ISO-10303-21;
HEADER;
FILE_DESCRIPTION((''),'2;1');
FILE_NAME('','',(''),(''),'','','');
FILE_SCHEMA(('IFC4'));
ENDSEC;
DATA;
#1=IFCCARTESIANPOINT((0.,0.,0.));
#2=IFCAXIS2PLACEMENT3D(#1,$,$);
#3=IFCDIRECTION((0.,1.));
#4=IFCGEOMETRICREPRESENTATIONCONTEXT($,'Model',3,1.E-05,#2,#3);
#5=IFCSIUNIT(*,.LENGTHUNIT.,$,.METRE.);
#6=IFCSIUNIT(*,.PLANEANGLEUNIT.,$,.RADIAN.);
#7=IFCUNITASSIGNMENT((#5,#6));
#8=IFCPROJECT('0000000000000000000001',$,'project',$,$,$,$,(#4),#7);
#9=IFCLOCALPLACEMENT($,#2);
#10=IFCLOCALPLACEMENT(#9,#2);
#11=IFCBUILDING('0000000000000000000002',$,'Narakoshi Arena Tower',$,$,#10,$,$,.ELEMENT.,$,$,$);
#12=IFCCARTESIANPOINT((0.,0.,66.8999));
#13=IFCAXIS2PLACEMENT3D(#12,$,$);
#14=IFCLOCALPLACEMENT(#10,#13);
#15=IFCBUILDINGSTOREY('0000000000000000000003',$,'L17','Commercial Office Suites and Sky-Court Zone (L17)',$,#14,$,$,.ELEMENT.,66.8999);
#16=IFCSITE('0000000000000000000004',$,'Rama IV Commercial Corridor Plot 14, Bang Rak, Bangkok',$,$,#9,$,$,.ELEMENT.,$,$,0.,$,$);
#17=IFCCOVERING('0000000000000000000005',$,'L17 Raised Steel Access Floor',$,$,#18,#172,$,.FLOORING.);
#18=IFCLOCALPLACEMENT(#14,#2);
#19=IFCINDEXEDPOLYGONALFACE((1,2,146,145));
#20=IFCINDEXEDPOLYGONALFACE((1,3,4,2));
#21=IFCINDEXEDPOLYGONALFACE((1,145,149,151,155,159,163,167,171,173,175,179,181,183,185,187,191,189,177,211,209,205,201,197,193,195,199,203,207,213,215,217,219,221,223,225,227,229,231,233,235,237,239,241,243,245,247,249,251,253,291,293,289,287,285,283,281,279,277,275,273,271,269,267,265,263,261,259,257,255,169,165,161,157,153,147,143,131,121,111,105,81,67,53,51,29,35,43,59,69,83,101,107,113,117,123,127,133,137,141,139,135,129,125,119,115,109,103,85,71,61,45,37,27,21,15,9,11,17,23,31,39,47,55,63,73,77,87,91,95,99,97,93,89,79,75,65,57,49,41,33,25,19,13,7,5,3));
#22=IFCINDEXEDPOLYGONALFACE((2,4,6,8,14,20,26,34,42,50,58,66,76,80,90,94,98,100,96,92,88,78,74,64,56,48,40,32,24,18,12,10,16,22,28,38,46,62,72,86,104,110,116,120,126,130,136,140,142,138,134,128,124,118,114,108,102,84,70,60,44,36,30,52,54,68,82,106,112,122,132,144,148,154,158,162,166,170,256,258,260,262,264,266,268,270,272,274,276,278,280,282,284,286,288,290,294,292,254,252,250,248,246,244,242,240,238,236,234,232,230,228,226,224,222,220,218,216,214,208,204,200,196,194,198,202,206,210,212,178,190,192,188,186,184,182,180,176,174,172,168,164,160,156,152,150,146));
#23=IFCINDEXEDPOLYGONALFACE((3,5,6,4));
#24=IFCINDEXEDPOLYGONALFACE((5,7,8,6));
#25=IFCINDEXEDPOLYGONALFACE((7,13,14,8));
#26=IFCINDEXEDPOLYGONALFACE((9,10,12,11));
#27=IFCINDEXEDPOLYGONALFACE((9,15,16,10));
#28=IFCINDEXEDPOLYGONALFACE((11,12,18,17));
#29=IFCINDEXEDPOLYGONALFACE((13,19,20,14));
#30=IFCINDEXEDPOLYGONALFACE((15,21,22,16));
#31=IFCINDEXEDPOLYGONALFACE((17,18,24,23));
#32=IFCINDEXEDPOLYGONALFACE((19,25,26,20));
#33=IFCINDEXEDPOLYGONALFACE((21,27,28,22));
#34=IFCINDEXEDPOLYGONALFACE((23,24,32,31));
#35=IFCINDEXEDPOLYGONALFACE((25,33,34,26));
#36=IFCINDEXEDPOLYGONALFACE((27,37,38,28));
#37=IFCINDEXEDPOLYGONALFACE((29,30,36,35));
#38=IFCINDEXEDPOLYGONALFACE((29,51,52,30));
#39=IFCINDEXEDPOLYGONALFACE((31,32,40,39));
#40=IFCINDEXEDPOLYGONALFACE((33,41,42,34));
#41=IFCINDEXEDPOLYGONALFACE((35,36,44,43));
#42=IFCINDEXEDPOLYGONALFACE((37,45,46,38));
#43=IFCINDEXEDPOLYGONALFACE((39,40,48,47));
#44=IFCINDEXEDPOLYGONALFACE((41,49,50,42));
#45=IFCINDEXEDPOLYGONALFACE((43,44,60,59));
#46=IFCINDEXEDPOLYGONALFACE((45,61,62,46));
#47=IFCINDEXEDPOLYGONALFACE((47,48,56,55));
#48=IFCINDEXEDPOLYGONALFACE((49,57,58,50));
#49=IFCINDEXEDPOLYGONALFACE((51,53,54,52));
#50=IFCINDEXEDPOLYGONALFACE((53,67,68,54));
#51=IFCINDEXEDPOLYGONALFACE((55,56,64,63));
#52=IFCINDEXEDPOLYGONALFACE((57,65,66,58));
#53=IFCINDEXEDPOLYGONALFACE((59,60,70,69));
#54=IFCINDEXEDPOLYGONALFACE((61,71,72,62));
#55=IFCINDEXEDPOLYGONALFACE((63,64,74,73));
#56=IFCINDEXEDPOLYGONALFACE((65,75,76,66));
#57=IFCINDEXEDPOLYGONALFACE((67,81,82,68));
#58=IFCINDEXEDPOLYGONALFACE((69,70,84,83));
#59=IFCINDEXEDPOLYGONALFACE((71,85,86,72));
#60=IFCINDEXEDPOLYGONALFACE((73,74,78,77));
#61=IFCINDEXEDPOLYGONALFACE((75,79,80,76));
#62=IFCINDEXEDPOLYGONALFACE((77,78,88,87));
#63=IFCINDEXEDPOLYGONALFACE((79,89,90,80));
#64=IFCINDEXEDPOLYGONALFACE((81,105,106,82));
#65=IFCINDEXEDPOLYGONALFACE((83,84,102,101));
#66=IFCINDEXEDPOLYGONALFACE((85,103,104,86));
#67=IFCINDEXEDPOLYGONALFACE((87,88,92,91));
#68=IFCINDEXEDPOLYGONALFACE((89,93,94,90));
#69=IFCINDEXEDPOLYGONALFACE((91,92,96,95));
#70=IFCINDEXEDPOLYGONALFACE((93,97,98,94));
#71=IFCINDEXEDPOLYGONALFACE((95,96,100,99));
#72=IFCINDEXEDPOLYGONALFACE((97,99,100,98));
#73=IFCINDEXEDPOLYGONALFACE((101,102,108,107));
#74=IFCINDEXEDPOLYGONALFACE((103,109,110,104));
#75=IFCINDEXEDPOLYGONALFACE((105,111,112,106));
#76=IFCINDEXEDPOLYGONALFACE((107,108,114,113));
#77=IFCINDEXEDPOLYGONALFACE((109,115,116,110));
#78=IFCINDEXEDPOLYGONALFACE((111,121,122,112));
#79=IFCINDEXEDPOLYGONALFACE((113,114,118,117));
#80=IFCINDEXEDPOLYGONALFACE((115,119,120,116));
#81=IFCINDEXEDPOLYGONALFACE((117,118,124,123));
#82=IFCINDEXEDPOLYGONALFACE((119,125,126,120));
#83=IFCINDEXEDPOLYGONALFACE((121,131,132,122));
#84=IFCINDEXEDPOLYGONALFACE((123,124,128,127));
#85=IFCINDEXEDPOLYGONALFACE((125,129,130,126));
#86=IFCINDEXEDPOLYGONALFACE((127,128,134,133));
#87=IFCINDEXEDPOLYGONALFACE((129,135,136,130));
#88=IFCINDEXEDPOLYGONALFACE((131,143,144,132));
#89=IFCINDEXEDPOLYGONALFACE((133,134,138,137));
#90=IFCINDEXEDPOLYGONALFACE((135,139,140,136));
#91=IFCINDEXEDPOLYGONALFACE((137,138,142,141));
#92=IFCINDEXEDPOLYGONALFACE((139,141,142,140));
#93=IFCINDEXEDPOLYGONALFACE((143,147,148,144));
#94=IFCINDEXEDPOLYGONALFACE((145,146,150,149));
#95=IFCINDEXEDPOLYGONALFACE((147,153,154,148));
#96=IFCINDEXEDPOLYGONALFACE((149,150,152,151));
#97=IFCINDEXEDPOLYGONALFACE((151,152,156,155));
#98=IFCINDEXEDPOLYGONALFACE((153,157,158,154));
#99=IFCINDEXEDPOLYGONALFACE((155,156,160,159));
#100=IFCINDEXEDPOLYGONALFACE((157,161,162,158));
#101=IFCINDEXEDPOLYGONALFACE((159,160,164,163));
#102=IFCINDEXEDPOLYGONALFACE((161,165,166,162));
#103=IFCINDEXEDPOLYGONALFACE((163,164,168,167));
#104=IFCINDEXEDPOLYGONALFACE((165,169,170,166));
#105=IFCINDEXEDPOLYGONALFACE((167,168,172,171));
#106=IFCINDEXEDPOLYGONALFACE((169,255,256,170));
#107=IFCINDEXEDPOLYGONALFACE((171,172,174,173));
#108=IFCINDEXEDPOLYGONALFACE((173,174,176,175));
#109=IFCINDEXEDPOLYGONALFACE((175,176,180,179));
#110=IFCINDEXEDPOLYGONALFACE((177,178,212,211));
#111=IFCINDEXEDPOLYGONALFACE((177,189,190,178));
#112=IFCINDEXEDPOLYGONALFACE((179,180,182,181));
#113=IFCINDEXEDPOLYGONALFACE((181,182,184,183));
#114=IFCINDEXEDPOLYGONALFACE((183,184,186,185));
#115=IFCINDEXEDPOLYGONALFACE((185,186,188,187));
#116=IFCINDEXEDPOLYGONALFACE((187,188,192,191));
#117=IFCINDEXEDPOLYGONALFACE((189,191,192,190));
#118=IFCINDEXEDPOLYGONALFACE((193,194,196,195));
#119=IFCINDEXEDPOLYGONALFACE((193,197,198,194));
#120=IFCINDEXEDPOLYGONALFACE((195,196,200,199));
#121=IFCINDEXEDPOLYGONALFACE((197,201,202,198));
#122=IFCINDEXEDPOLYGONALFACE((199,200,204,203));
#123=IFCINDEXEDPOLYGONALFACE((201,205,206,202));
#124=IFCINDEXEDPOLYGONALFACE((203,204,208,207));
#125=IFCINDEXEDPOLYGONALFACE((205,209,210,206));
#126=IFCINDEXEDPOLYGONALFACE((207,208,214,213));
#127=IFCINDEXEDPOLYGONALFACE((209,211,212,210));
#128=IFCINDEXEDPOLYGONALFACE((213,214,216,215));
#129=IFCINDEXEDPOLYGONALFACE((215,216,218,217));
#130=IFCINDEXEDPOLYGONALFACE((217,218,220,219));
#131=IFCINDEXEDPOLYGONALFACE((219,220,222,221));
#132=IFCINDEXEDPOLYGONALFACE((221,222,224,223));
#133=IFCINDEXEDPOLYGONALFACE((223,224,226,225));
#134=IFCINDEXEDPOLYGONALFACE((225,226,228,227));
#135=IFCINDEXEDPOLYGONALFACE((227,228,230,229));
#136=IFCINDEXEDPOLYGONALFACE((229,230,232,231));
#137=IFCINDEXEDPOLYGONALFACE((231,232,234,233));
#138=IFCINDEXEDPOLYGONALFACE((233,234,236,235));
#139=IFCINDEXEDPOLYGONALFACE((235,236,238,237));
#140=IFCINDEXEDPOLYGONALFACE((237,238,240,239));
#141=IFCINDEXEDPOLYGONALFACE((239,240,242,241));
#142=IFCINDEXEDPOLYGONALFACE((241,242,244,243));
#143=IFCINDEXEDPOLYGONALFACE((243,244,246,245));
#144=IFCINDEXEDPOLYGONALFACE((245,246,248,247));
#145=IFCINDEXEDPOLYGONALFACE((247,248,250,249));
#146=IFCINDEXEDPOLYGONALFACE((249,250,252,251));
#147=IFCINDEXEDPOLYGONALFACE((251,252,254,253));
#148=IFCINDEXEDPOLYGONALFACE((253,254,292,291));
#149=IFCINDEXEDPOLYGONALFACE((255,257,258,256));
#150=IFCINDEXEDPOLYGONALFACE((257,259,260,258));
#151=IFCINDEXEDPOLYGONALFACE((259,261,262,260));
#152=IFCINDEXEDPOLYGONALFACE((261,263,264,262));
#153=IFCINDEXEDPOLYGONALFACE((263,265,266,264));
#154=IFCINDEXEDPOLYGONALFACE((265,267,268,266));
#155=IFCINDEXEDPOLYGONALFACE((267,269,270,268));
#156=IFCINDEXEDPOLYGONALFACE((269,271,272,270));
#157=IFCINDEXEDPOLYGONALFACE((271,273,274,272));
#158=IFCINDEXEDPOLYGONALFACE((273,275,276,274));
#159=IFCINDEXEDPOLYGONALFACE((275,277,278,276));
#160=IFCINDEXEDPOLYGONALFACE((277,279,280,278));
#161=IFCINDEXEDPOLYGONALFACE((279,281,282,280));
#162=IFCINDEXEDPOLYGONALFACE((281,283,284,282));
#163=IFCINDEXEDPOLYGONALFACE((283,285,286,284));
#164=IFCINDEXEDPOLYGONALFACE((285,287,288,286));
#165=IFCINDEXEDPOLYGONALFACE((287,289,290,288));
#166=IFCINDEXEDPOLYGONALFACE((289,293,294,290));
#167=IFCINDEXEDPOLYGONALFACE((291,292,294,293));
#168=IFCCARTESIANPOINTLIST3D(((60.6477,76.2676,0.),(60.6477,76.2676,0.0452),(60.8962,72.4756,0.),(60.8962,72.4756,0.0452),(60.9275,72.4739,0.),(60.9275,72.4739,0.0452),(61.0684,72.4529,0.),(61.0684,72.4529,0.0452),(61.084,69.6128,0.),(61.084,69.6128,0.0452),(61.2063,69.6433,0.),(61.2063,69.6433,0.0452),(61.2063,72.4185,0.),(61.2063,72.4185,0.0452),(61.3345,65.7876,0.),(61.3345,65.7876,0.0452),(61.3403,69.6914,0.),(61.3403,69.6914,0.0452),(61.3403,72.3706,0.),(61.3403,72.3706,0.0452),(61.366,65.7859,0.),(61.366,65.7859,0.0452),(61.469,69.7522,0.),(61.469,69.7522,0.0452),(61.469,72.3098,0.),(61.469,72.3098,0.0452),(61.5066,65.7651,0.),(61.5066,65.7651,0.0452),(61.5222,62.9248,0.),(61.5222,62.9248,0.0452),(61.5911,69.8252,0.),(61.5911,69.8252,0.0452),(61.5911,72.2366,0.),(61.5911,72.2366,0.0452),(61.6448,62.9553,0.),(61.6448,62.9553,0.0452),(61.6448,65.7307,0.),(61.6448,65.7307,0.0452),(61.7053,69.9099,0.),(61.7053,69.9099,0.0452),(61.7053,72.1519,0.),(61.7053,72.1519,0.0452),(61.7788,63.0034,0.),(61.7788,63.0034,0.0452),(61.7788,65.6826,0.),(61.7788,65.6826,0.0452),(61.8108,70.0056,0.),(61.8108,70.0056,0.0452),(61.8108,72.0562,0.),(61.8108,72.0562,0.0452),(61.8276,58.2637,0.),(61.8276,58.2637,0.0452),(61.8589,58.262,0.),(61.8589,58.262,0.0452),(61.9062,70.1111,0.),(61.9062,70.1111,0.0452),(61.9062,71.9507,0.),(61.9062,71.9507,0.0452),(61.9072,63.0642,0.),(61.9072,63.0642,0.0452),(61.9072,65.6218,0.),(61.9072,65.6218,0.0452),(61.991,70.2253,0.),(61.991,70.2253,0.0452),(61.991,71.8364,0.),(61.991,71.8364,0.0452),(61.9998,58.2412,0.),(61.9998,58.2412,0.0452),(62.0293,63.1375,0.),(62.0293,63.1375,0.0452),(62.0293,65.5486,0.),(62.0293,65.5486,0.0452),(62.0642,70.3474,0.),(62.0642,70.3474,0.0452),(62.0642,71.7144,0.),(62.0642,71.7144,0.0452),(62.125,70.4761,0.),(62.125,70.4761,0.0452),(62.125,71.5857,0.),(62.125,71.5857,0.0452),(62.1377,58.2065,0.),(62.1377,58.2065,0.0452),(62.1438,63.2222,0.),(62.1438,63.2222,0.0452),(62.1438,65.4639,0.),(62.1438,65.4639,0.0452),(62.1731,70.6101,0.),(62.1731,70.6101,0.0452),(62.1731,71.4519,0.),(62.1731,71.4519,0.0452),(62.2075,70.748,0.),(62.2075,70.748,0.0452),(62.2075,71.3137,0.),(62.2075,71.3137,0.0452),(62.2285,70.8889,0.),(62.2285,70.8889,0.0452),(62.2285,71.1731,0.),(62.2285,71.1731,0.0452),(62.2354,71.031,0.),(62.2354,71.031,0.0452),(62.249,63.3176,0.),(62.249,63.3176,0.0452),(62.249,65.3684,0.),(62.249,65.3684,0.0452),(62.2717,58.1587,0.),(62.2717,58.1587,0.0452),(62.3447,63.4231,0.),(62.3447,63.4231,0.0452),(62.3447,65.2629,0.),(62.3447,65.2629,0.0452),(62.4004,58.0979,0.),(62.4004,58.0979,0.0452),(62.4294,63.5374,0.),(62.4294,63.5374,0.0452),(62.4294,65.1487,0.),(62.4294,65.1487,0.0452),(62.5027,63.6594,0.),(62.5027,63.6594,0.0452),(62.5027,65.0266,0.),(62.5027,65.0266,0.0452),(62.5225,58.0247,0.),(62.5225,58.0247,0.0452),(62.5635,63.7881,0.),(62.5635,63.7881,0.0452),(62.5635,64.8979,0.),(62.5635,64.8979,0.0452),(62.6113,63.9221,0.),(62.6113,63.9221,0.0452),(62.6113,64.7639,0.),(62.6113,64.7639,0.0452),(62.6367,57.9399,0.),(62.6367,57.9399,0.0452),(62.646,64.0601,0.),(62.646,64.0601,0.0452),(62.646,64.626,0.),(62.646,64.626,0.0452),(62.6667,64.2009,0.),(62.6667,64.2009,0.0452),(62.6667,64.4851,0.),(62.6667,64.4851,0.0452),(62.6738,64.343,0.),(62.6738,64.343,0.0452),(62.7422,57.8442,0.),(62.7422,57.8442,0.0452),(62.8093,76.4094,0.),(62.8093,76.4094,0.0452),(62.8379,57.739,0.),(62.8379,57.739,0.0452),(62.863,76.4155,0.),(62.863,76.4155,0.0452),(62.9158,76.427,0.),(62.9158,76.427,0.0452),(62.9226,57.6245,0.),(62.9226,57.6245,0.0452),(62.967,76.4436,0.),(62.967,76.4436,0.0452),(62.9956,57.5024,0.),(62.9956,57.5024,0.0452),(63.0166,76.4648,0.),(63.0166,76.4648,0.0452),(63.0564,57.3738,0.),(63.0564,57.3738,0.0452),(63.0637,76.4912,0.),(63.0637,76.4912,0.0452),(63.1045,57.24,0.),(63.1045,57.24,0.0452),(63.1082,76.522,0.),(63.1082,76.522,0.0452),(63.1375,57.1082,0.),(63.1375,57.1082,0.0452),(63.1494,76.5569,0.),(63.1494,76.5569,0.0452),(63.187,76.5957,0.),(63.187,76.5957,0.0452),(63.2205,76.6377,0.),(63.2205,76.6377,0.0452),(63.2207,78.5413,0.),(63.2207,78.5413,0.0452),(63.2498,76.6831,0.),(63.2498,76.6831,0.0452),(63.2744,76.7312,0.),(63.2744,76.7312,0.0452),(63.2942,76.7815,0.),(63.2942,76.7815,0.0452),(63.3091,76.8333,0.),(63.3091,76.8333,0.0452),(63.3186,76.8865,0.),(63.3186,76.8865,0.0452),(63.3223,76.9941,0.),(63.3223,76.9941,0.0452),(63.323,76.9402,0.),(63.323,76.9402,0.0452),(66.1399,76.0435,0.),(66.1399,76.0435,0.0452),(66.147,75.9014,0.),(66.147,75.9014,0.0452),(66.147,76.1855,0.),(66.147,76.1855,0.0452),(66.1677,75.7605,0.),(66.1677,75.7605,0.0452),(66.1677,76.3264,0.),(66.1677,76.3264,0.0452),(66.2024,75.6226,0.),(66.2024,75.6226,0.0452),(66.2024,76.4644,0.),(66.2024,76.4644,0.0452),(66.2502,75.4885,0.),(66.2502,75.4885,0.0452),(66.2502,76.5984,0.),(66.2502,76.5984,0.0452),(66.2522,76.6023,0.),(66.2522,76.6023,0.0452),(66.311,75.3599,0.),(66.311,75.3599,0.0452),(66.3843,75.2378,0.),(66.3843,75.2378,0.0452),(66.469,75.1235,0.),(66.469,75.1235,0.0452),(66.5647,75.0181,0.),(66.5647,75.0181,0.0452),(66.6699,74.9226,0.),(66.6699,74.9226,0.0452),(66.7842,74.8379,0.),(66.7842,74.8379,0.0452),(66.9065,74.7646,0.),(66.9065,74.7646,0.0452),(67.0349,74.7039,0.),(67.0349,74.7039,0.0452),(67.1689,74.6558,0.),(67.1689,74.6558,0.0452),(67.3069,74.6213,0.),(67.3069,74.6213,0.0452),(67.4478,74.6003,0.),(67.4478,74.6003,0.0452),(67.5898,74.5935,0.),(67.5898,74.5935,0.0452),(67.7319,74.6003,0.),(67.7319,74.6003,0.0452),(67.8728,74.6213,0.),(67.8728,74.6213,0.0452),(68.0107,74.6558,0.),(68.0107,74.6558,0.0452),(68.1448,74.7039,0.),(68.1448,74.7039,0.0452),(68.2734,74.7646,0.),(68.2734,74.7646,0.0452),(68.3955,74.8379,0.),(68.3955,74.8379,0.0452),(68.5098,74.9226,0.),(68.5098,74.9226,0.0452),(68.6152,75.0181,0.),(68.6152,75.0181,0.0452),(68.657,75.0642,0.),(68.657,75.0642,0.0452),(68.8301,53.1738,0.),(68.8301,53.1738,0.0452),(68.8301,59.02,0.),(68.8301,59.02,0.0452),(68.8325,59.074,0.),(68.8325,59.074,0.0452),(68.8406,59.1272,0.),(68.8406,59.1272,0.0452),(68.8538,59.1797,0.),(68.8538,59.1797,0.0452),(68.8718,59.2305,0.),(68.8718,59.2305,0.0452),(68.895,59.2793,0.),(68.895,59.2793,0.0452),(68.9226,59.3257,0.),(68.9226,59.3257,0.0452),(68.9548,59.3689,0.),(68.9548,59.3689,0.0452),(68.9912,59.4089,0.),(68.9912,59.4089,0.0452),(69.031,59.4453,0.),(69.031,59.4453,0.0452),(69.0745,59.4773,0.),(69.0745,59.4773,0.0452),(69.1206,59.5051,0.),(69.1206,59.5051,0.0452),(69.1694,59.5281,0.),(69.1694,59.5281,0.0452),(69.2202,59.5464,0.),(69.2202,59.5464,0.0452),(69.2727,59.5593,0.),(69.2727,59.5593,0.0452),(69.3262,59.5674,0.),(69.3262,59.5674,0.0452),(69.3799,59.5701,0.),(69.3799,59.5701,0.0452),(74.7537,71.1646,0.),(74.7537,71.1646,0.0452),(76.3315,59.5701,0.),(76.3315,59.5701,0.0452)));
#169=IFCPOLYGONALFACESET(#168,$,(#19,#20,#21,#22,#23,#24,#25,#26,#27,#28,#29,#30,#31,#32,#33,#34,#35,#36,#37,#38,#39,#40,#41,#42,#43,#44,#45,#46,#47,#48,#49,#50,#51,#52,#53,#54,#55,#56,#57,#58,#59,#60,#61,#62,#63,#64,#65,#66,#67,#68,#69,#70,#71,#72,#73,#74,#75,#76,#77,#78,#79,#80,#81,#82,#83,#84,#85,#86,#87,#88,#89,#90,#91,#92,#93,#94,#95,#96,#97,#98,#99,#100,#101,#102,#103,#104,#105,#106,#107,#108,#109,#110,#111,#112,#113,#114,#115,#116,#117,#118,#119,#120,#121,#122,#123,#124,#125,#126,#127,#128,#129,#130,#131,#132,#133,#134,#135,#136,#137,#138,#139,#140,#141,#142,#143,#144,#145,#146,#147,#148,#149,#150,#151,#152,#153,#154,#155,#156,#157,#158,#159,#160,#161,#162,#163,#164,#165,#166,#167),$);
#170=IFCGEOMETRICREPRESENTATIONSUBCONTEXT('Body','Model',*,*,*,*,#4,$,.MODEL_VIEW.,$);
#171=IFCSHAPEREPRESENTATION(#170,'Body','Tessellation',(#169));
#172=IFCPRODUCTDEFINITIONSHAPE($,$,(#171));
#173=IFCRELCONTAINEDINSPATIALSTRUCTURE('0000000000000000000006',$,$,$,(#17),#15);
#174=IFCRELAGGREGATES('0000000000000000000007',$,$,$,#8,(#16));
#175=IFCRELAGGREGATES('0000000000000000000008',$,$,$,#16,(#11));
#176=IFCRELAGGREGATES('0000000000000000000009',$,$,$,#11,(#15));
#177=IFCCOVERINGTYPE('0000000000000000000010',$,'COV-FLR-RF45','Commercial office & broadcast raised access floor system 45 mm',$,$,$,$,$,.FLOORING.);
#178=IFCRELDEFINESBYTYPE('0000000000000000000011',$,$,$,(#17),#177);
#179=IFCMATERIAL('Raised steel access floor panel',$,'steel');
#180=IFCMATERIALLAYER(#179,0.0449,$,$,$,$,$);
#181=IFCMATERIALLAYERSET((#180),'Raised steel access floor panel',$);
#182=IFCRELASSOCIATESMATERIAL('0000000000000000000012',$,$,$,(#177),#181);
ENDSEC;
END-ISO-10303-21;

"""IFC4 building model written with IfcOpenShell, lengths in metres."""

from ifc_helpers import new_model, si_unit, direction, frame, origin, place, context, subcontext, project, spatial, polyline, outline, extrude, material, layer, layer_set, type_object, element, save


model = new_model("IFC4")

# Units and contexts
model_context = context("Model", 3, precision=1e-05, world=origin(), true_north=direction((0.0, 1.0)))
body_context = subcontext(model_context, "Body", "Model", "MODEL_VIEW")
ifc_project = project(units=[si_unit("LENGTHUNIT", "METRE"), si_unit("PLANEANGLEUNIT", "RADIAN")], contexts=[model_context])

# Site, building, storey
site_placement = place(None, origin())
site = spatial("IfcSite", under=ifc_project, at=site_placement, Name="Rama IV Commercial Corridor Plot 14, Bang Rak, Bangkok", CompositionType="ELEMENT", RefElevation=0.0)
building_placement = place(site_placement, origin())
building = spatial("IfcBuilding", under=site, at=building_placement, Name="Narakoshi Arena Tower", CompositionType="ELEMENT")
storey_placement = place(building_placement, frame((0.0, 0.0, 66.8999)))
storey = spatial("IfcBuildingStorey", under=building, at=storey_placement, Name="L17", Description="Commercial Office Suites and Sky-Court Zone (L17)", CompositionType="ELEMENT", Elevation=66.8999)

# Covering
ifc_material_1 = material(Name="Raised steel access floor panel", Category="steel")
ifc_layer_1 = layer(ifc_material_1, 0.0449)
ifc_layer_set_1 = layer_set([ifc_layer_1], Name="Raised steel access floor panel")
covering_type_1 = type_object("IfcCoveringType", Name="COV-FLR-RF45", Description="Commercial office & broadcast raised access floor system 45 mm", PredefinedType="FLOORING", material=ifc_layer_set_1)
covering_1_placement = place(storey_placement, origin())
element("IfcCovering", 1, at=covering_1_placement, inside=storey, type_object=covering_type_1, Name="L17 Raised Steel Access Floor", PredefinedType="FLOORING", context=body_context, shape_type="SweptSolid", body=[
    extrude(outline(polyline([(62.8093, 76.4094), (62.863, 76.4155), (62.9158, 76.427), (62.967, 76.4436), (63.0166, 76.4648), (63.0637, 76.4912), (63.1082, 76.522), (63.1494, 76.5569), (63.187, 76.5957), (63.2205, 76.6377), (63.2498, 76.6831), (63.2744, 76.7312), (63.2942, 76.7815), (63.3091, 76.8333), (63.3186, 76.8865), (63.323, 76.9402), (63.3223, 76.9941), (63.2207, 78.5413), (66.2522, 76.6023), (66.2502, 76.5984), (66.2024, 76.4644), (66.1677, 76.3264), (66.147, 76.1855), (66.1399, 76.0435), (66.147, 75.9014), (66.1677, 75.7605), (66.2024, 75.6226), (66.2502, 75.4885), (66.311, 75.3599), (66.3843, 75.2378), (66.469, 75.1235), (66.5647, 75.0181), (66.6699, 74.9226), (66.7842, 74.8379), (66.9065, 74.7646), (67.0349, 74.7039), (67.1689, 74.6558), (67.3069, 74.6213), (67.4478, 74.6003), (67.5898, 74.5935), (67.7319, 74.6003), (67.8728, 74.6213), (68.0107, 74.6558), (68.1448, 74.7039), (68.2734, 74.7646), (68.3955, 74.8379), (68.5098, 74.9226), (68.6152, 75.0181), (68.657, 75.0642), (74.7537, 71.1646), (76.3315, 59.5701), (69.3799, 59.5701), (69.3262, 59.5674), (69.2727, 59.5593), (69.2202, 59.5464), (69.1694, 59.5281), (69.1206, 59.5051), (69.0745, 59.4773), (69.031, 59.4453), (68.9912, 59.4089), (68.9548, 59.3689), (68.9226, 59.3257), (68.895, 59.2793), (68.8718, 59.2305), (68.8538, 59.1797), (68.8406, 59.1272), (68.8325, 59.074), (68.8301, 59.02), (68.8301, 53.1738), (63.1375, 57.1082), (63.1045, 57.24), (63.0564, 57.3738), (62.9956, 57.5024), (62.9226, 57.6245), (62.8379, 57.739), (62.7422, 57.8442), (62.6367, 57.9399), (62.5225, 58.0247), (62.4004, 58.0979), (62.2717, 58.1587), (62.1377, 58.2065), (61.9998, 58.2412), (61.8589, 58.262), (61.8276, 58.2637), (61.5222, 62.9248), (61.6448, 62.9553), (61.7788, 63.0034), (61.9072, 63.0642), (62.0293, 63.1375), (62.1438, 63.2222), (62.249, 63.3176), (62.3447, 63.4231), (62.4294, 63.5374), (62.5027, 63.6594), (62.5635, 63.7881), (62.6113, 63.9221), (62.646, 64.0601), (62.6667, 64.2009), (62.6738, 64.343), (62.6667, 64.4851), (62.646, 64.626), (62.6113, 64.7639), (62.5635, 64.8979), (62.5027, 65.0266), (62.4294, 65.1487), (62.3447, 65.2629), (62.249, 65.3684), (62.1438, 65.4639), (62.0293, 65.5486), (61.9072, 65.6218), (61.7788, 65.6826), (61.6448, 65.7307), (61.5066, 65.7651), (61.366, 65.7859), (61.3345, 65.7876), (61.084, 69.6128), (61.2063, 69.6433), (61.3403, 69.6914), (61.469, 69.7522), (61.5911, 69.8252), (61.7053, 69.9099), (61.8108, 70.0056), (61.9062, 70.1111), (61.991, 70.2253), (62.0642, 70.3474), (62.125, 70.4761), (62.1731, 70.6101), (62.2075, 70.748), (62.2285, 70.8889), (62.2354, 71.031), (62.2285, 71.1731), (62.2075, 71.3137), (62.1731, 71.4519), (62.125, 71.5857), (62.0642, 71.7144), (61.991, 71.8364), (61.9062, 71.9507), (61.8108, 72.0562), (61.7053, 72.1519), (61.5911, 72.2366), (61.469, 72.3098), (61.3403, 72.3706), (61.2063, 72.4185), (61.0684, 72.4529), (60.9275, 72.4739), (60.8962, 72.4756), (60.6477, 76.2676), (62.8093, 76.4094)])), origin(), (0.0, 0.0, 1.0), 0.0452),
])

save(model, "model.ifc")
